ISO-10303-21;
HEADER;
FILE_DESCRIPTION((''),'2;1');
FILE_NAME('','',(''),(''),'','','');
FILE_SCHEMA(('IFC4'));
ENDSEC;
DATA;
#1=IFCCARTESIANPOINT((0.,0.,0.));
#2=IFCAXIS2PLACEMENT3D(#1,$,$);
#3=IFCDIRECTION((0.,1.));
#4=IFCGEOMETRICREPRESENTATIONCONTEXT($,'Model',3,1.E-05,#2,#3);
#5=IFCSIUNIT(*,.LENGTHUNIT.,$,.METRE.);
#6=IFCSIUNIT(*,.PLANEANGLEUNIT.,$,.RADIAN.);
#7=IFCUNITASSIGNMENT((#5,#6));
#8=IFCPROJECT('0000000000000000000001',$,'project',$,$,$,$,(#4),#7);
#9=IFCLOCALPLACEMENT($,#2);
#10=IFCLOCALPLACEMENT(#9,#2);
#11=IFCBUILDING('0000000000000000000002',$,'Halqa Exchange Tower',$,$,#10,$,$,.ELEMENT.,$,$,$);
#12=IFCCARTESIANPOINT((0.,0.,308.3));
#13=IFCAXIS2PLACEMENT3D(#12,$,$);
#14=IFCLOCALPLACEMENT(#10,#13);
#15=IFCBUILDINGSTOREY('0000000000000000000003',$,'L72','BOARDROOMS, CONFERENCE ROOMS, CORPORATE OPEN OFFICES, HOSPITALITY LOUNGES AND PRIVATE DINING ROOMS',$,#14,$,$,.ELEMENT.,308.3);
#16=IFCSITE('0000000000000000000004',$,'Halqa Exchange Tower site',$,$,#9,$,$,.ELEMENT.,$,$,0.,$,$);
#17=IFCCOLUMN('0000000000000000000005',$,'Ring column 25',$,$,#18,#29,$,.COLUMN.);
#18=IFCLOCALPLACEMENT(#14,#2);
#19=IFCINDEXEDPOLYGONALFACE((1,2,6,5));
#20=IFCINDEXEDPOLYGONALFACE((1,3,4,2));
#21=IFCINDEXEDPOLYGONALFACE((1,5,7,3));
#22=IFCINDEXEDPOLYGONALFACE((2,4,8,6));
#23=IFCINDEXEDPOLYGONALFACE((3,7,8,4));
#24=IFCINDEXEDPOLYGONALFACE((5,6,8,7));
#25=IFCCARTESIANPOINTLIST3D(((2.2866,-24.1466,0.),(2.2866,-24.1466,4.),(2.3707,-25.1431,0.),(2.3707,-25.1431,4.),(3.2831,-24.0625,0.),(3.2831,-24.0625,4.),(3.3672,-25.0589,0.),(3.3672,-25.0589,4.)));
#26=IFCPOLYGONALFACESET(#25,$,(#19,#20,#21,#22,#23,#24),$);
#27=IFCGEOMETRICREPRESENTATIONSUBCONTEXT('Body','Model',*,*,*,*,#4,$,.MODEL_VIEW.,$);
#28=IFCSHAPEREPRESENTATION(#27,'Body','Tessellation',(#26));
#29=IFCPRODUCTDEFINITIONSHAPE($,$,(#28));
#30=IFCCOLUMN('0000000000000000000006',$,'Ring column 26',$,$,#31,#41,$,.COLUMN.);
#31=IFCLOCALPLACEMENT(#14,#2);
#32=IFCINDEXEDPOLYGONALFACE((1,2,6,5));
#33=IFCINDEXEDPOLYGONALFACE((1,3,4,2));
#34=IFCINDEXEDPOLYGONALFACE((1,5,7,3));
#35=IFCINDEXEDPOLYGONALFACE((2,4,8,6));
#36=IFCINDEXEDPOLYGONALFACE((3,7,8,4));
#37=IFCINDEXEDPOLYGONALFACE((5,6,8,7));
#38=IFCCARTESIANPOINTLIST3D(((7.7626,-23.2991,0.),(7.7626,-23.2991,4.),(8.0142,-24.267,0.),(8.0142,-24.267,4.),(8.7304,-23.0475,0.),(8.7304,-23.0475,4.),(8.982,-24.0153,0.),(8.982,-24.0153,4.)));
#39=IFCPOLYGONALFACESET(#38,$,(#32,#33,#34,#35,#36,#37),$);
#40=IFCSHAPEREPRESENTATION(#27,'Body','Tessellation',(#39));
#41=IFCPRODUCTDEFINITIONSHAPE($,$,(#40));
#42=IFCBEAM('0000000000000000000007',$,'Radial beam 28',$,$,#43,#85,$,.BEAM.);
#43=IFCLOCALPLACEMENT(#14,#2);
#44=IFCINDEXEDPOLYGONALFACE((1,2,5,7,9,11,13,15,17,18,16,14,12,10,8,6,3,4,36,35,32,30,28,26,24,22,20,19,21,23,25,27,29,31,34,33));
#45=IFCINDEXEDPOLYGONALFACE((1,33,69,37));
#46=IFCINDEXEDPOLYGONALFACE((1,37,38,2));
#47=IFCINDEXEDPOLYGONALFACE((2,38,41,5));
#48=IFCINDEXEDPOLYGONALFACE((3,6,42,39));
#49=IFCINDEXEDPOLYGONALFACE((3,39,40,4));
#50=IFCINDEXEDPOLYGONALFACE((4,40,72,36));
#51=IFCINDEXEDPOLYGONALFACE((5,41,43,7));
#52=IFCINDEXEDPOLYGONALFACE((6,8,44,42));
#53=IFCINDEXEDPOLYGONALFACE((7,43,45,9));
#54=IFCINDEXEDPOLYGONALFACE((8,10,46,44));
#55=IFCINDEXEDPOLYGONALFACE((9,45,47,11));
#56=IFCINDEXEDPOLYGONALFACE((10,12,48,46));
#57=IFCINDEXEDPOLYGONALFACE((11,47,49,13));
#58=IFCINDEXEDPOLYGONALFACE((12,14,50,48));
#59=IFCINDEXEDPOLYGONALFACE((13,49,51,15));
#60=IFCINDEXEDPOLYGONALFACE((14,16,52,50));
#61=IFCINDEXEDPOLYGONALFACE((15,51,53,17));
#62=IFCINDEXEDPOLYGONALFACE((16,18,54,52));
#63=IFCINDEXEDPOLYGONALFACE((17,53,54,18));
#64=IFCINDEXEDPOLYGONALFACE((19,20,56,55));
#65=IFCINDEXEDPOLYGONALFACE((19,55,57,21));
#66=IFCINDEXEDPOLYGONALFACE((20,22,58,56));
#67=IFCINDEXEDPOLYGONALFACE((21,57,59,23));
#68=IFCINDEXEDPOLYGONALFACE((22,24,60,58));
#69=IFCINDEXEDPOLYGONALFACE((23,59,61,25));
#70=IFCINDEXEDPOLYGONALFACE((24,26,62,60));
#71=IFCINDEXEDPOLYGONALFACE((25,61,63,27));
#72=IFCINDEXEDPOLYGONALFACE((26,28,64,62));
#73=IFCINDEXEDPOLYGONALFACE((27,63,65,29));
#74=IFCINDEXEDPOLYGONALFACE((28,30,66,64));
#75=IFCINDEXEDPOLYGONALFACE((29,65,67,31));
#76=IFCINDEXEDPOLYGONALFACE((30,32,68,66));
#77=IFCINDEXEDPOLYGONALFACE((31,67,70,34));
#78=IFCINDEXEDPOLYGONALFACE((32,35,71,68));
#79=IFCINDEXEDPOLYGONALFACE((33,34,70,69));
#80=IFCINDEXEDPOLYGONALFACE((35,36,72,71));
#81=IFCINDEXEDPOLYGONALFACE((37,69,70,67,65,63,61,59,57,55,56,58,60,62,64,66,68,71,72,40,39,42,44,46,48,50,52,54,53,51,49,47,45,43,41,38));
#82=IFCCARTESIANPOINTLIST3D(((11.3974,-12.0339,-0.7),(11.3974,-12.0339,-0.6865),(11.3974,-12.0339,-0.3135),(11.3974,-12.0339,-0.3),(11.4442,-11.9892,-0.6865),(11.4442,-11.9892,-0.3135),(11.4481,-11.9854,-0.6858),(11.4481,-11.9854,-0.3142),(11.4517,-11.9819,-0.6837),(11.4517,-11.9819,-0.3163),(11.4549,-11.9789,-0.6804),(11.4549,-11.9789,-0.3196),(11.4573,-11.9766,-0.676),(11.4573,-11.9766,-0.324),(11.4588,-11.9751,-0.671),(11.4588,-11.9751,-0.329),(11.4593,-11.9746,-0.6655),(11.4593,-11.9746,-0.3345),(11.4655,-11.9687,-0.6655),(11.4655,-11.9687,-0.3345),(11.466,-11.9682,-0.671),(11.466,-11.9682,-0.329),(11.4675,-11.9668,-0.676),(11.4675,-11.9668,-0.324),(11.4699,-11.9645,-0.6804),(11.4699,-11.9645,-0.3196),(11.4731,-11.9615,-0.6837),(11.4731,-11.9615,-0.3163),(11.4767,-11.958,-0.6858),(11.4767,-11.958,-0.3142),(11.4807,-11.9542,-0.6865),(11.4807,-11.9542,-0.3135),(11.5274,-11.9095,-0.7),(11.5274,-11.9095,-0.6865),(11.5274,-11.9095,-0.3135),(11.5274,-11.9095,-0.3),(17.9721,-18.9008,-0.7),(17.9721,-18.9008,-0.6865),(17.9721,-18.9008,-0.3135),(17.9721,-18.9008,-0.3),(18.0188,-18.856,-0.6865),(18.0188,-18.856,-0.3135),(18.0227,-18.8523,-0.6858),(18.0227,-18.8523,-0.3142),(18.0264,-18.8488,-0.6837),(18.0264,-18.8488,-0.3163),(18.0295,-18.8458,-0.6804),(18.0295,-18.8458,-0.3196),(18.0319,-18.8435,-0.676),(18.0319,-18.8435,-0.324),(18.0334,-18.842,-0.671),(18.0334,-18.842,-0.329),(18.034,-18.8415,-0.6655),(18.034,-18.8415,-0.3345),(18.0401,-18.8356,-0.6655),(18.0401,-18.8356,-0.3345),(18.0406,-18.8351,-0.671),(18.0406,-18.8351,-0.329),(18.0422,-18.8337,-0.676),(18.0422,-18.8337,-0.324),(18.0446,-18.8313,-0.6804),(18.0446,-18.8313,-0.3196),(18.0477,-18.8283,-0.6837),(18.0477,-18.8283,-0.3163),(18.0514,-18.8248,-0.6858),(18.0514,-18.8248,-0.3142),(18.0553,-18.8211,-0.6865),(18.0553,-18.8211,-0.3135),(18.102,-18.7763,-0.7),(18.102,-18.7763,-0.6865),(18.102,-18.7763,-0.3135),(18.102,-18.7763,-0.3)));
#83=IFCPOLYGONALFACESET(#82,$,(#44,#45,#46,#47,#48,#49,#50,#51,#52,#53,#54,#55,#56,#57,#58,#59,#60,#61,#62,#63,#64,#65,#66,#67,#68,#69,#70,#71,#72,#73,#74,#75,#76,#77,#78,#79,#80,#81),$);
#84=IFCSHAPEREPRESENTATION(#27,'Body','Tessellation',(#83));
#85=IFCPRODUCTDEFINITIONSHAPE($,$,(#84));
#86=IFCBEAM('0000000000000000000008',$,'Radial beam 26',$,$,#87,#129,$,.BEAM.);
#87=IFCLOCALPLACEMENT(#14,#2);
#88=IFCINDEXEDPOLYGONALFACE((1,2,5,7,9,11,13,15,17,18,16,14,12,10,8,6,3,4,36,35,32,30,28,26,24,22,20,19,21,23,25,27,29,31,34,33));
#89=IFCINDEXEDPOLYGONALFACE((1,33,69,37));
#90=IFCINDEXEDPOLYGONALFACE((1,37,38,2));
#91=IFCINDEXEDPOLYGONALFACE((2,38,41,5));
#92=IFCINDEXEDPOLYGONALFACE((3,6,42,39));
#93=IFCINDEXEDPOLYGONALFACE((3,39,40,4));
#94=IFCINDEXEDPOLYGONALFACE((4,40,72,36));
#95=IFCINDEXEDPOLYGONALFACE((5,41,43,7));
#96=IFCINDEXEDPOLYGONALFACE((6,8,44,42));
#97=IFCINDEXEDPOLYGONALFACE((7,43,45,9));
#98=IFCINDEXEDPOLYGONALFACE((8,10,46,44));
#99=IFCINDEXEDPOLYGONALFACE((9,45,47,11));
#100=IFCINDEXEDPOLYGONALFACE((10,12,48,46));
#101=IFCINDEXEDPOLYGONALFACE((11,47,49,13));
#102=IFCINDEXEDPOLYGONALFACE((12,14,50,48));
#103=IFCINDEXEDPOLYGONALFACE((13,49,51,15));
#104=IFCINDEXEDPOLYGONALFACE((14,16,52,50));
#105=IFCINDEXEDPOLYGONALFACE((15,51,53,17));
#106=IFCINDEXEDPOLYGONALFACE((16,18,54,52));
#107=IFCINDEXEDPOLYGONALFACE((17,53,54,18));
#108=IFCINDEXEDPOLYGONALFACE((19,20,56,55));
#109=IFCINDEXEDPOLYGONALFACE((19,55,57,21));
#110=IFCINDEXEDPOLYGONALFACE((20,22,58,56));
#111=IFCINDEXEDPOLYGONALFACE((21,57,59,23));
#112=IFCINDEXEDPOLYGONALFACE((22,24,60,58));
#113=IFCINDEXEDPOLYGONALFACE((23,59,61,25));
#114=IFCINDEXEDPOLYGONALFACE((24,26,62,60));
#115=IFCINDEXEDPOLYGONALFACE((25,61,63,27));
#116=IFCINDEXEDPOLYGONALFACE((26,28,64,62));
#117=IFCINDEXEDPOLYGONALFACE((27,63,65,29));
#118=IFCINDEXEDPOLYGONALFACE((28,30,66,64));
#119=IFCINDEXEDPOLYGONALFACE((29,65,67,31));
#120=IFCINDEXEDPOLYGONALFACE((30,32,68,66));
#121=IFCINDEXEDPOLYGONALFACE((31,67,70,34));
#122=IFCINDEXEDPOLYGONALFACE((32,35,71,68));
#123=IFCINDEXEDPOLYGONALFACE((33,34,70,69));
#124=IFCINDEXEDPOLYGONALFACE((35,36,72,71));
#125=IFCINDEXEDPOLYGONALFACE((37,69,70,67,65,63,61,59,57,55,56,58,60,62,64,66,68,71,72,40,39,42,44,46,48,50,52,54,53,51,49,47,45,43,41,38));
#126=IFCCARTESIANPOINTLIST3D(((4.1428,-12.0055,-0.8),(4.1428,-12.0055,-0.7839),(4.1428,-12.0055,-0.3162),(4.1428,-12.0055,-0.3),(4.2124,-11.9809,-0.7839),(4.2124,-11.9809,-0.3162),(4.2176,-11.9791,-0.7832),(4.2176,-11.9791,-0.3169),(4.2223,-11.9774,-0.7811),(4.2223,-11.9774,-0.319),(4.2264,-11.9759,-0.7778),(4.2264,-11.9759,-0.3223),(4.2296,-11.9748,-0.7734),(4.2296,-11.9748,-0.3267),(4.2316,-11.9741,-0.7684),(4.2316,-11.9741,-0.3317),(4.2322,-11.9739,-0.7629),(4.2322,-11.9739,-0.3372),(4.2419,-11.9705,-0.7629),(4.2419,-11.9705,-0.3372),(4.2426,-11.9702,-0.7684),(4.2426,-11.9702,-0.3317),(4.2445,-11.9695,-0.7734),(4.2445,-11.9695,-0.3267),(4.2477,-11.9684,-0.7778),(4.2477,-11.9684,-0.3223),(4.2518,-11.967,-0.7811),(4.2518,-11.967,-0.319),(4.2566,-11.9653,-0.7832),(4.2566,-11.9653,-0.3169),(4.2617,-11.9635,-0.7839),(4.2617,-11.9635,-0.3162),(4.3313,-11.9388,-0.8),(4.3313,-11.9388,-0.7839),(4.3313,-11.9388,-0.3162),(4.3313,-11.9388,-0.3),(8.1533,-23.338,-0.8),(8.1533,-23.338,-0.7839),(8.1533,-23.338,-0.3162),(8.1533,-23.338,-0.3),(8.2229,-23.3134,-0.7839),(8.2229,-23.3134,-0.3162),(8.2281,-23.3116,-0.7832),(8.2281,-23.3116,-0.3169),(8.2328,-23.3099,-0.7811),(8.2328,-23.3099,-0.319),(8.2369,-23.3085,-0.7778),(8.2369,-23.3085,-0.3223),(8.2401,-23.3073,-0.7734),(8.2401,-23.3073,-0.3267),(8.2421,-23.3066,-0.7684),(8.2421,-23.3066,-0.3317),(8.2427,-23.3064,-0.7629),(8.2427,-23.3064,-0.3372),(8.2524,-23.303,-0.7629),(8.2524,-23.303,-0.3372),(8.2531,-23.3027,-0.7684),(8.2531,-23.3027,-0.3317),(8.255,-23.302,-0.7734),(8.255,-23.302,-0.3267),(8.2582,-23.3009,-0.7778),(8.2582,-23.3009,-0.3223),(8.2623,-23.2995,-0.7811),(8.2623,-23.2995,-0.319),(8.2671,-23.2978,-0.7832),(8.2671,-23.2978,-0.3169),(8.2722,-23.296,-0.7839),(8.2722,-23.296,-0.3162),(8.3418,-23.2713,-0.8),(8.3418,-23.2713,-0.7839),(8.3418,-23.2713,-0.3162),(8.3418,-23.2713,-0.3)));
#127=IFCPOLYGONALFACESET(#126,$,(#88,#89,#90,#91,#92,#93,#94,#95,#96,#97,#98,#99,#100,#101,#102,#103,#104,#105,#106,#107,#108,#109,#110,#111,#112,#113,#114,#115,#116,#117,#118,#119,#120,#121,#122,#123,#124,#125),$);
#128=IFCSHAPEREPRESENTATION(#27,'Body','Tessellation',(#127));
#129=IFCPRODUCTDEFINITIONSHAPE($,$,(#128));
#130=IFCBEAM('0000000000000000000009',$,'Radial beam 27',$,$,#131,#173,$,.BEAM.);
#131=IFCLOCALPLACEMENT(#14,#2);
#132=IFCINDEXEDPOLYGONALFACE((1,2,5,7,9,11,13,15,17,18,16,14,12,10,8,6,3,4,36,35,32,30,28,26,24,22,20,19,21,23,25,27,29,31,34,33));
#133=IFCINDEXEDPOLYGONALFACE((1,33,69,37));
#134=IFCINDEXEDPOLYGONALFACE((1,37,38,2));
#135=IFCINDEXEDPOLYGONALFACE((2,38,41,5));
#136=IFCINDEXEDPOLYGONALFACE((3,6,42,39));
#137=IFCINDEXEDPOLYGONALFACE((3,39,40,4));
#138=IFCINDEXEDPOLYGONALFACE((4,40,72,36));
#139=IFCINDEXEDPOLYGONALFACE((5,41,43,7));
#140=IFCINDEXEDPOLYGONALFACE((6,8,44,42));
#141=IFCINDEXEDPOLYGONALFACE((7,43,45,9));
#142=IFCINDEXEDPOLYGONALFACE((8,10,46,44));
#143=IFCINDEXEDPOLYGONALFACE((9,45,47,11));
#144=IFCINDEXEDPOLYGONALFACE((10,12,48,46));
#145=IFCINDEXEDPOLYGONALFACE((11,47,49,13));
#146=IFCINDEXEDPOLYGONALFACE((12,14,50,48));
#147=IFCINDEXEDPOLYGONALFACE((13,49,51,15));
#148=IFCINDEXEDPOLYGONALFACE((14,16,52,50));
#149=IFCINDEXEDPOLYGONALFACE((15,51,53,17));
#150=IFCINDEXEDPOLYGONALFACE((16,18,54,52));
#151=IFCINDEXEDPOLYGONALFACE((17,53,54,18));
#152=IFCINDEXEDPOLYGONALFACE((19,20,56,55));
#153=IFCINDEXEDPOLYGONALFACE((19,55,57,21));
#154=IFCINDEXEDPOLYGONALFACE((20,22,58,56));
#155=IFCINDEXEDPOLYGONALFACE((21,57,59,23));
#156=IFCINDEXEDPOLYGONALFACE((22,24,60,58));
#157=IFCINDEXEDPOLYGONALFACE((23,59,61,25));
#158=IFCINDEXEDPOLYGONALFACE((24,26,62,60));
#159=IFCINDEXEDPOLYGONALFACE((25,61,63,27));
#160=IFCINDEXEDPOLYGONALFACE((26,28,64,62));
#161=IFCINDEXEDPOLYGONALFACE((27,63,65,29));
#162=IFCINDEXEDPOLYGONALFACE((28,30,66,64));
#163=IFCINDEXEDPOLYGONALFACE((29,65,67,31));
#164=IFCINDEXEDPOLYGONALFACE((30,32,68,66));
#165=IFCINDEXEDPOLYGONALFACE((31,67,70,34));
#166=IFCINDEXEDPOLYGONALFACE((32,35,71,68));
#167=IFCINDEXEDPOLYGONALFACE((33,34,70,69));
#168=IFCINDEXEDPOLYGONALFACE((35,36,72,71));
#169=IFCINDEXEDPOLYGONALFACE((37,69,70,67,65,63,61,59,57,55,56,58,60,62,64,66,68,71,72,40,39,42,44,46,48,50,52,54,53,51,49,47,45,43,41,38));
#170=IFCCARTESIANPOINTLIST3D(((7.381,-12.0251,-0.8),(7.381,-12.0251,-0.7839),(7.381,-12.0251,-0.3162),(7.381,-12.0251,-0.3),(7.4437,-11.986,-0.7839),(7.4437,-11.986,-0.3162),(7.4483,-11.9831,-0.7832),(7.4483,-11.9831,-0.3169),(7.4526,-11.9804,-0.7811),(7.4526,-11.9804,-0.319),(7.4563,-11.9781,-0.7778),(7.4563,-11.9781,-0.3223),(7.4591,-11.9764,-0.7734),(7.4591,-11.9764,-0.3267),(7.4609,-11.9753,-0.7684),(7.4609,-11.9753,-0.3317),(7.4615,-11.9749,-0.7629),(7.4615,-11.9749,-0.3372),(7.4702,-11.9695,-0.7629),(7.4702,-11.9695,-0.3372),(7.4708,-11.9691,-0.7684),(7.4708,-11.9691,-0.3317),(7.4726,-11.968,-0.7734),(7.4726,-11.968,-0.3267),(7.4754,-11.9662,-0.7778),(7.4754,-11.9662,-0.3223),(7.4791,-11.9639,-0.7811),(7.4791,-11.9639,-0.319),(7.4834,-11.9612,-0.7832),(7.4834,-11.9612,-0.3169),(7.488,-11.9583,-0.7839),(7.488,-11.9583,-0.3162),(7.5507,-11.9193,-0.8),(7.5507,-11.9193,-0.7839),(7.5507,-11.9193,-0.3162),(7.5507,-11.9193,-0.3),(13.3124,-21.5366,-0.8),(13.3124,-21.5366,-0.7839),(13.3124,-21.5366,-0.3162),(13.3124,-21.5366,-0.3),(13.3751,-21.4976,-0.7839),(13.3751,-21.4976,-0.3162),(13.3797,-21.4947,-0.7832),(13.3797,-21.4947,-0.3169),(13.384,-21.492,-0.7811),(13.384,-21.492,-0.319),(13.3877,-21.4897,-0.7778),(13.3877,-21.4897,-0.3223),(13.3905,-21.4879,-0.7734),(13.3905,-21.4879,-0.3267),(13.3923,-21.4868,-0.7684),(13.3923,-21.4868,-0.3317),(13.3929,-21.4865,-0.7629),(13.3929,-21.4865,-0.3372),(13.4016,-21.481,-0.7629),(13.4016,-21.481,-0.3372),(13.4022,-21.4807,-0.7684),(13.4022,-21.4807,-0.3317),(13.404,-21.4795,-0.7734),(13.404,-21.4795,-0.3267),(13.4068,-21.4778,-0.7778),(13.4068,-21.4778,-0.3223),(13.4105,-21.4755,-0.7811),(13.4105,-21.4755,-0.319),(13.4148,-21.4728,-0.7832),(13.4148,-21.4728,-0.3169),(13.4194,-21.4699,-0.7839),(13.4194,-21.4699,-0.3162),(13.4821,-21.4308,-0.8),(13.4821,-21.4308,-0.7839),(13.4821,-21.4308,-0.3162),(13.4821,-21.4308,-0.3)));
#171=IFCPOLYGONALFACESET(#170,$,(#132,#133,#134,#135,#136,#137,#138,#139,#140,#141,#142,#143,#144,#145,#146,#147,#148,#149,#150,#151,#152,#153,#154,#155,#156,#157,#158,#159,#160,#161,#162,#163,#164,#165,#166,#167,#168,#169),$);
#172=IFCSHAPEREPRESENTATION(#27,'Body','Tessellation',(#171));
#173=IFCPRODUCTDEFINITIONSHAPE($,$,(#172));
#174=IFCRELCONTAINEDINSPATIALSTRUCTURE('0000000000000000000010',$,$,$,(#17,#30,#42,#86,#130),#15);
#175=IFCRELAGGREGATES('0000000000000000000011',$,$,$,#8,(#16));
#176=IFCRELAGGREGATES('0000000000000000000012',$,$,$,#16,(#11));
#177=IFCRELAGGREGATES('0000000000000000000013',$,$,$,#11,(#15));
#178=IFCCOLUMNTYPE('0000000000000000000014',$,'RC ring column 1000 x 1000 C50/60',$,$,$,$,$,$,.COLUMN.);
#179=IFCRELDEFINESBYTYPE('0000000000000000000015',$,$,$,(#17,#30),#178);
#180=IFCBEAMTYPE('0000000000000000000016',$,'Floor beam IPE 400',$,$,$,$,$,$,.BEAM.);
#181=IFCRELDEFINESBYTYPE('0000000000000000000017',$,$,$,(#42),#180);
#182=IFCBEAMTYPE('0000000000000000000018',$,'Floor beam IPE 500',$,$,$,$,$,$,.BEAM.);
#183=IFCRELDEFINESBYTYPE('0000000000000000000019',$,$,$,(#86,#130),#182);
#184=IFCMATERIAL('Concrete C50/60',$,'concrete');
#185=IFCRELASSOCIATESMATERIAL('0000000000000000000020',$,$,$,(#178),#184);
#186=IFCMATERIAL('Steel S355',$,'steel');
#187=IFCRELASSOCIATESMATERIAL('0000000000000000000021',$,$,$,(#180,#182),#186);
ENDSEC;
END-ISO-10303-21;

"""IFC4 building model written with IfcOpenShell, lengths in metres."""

from ifc_helpers import new_model, si_unit, direction, frame, origin, origin_2d, place, context, subcontext, project, spatial, rectangle, i_section, extrude, material, material_profile, profile_set, type_object, element, save


model = new_model("IFC4")

# Units and contexts
model_context = context("Model", 3, precision=1e-05, world=origin(), true_north=direction((0.0, 1.0)))
body_context = subcontext(model_context, "Body", "Model", "MODEL_VIEW")
ifc_project = project(units=[si_unit("LENGTHUNIT", "METRE"), si_unit("PLANEANGLEUNIT", "RADIAN")], contexts=[model_context])

# Site, building, storey
site_placement = place(None, origin())
site = spatial("IfcSite", under=ifc_project, at=site_placement, Name="Halqa Exchange Tower site", CompositionType="ELEMENT", RefElevation=0.0)
building_placement = place(site_placement, origin())
building = spatial("IfcBuilding", under=site, at=building_placement, Name="Halqa Exchange Tower", CompositionType="ELEMENT")
storey_placement = place(building_placement, frame((0.0, 0.0, 308.3)))
storey = spatial("IfcBuildingStorey", under=building, at=storey_placement, Name="L72", Description="BOARDROOMS, CONFERENCE ROOMS, CORPORATE OPEN OFFICES, HOSPITALITY LOUNGES AND PRIVATE DINING ROOMS", CompositionType="ELEMENT", Elevation=308.3)

# Columns
ifc_material_1 = material(Name="Concrete C50/60", Category="concrete")
ifc_material_profile_1 = material_profile(ifc_material_1, rectangle(XDim=1.0, YDim=1.0, at=origin_2d()), Name="1000 x 1000")
ifc_profile_set_1 = profile_set([ifc_material_profile_1], Name="Concrete C50/60")
column_type = type_object("IfcColumnType", Name="RC ring column 1000 x 1000 C50/60", PredefinedType="COLUMN", material=ifc_profile_set_1)
for number, where, z_axis, x_axis, name in (
    (1, (2.8269, -24.6028, 0.0), (0.0, 0.0, 1.0), (0.996455, 0.084125, 0.0), "Ring column 25"),
    (2, (8.3723, -23.6572, 0.0), (0.0, 0.0, 1.0), (0.96782, 0.251645, 0.0), "Ring column 26"),
):
    element("IfcColumn", number, at=place(storey_placement, frame(where, z_axis=z_axis, x_axis=x_axis)), inside=storey, type_object=column_type, Name=name, PredefinedType="COLUMN", context=body_context, shape_type="SweptSolid", body=[
        extrude(rectangle(XDim=1.0, YDim=1.0, at=origin_2d()), origin(), (0.0, 0.0, 1.0), 4.0),
    ])

# Beams
ifc_material_2 = material(Name="Steel S355", Category="steel")
ifc_material_profile_2 = material_profile(ifc_material_2, i_section(OverallWidth=0.1799, OverallDepth=0.3999, WebThickness=0.0085, FlangeThickness=0.0134, FilletRadius=0.021, at=origin_2d()), Name="IPE 400")
ifc_profile_set_2 = profile_set([ifc_material_profile_2], Name="Steel S355")
beam_type_1 = type_object("IfcBeamType", Name="Floor beam IPE 400", PredefinedType="BEAM", material=ifc_profile_set_2)
beam_1_placement = place(storey_placement, frame((11.4624, -11.9717, -0.5), z_axis=(0.69157, -0.722309, 0.0), x_axis=(0.722309, 0.69157, 0.0)))
element("IfcBeam", 3, at=beam_1_placement, inside=storey, type_object=beam_type_1, Name="Radial beam 28", PredefinedType="BEAM", context=body_context, shape_type="SweptSolid", body=[
    extrude(i_section(OverallWidth=0.1799, OverallDepth=0.3999, WebThickness=0.0085, FlangeThickness=0.0134, FilletRadius=0.021, at=origin_2d()), origin(), (0.0, 0.0, 1.0), 9.5068),
])
ifc_material_profile_3 = material_profile(ifc_material_2, i_section(OverallWidth=0.2, OverallDepth=0.5, WebThickness=0.0103, FlangeThickness=0.0161, FilletRadius=0.021, at=origin_2d()), Name="IPE 500")
ifc_profile_set_3 = profile_set([ifc_material_profile_3], Name="Steel S355")
beam_type_2 = type_object("IfcBeamType", Name="Floor beam IPE 500", PredefinedType="BEAM", material=ifc_profile_set_3)
beam_2_placement = place(storey_placement, frame((4.2371, -11.9722, -0.55), z_axis=(0.333618, -0.942708, 0.0), x_axis=(0.942708, 0.333618, 0.0)))
element("IfcBeam", 4, at=beam_2_placement, inside=storey, type_object=beam_type_2, Name="Radial beam 26", PredefinedType="BEAM", context=body_context, shape_type="SweptSolid", body=[
    extrude(i_section(OverallWidth=0.2, OverallDepth=0.5, WebThickness=0.0103, FlangeThickness=0.0161, FilletRadius=0.021, at=origin_2d()), origin(), (0.0, 0.0, 1.0), 12.0212),
])
beam_3_placement = place(storey_placement, frame((7.4658, -11.9722, -0.55), z_axis=(0.529147, -0.84853, 0.0), x_axis=(0.84853, 0.529147, 0.0)))
element("IfcBeam", 5, at=beam_3_placement, inside=storey, type_object=beam_type_2, Name="Radial beam 27", PredefinedType="BEAM", context=body_context, shape_type="SweptSolid", body=[
    extrude(i_section(OverallWidth=0.2, OverallDepth=0.5, WebThickness=0.0103, FlangeThickness=0.0161, FilletRadius=0.021, at=origin_2d()), origin(), (0.0, 0.0, 1.0), 11.2095),
])

save(model, "model.ifc")
